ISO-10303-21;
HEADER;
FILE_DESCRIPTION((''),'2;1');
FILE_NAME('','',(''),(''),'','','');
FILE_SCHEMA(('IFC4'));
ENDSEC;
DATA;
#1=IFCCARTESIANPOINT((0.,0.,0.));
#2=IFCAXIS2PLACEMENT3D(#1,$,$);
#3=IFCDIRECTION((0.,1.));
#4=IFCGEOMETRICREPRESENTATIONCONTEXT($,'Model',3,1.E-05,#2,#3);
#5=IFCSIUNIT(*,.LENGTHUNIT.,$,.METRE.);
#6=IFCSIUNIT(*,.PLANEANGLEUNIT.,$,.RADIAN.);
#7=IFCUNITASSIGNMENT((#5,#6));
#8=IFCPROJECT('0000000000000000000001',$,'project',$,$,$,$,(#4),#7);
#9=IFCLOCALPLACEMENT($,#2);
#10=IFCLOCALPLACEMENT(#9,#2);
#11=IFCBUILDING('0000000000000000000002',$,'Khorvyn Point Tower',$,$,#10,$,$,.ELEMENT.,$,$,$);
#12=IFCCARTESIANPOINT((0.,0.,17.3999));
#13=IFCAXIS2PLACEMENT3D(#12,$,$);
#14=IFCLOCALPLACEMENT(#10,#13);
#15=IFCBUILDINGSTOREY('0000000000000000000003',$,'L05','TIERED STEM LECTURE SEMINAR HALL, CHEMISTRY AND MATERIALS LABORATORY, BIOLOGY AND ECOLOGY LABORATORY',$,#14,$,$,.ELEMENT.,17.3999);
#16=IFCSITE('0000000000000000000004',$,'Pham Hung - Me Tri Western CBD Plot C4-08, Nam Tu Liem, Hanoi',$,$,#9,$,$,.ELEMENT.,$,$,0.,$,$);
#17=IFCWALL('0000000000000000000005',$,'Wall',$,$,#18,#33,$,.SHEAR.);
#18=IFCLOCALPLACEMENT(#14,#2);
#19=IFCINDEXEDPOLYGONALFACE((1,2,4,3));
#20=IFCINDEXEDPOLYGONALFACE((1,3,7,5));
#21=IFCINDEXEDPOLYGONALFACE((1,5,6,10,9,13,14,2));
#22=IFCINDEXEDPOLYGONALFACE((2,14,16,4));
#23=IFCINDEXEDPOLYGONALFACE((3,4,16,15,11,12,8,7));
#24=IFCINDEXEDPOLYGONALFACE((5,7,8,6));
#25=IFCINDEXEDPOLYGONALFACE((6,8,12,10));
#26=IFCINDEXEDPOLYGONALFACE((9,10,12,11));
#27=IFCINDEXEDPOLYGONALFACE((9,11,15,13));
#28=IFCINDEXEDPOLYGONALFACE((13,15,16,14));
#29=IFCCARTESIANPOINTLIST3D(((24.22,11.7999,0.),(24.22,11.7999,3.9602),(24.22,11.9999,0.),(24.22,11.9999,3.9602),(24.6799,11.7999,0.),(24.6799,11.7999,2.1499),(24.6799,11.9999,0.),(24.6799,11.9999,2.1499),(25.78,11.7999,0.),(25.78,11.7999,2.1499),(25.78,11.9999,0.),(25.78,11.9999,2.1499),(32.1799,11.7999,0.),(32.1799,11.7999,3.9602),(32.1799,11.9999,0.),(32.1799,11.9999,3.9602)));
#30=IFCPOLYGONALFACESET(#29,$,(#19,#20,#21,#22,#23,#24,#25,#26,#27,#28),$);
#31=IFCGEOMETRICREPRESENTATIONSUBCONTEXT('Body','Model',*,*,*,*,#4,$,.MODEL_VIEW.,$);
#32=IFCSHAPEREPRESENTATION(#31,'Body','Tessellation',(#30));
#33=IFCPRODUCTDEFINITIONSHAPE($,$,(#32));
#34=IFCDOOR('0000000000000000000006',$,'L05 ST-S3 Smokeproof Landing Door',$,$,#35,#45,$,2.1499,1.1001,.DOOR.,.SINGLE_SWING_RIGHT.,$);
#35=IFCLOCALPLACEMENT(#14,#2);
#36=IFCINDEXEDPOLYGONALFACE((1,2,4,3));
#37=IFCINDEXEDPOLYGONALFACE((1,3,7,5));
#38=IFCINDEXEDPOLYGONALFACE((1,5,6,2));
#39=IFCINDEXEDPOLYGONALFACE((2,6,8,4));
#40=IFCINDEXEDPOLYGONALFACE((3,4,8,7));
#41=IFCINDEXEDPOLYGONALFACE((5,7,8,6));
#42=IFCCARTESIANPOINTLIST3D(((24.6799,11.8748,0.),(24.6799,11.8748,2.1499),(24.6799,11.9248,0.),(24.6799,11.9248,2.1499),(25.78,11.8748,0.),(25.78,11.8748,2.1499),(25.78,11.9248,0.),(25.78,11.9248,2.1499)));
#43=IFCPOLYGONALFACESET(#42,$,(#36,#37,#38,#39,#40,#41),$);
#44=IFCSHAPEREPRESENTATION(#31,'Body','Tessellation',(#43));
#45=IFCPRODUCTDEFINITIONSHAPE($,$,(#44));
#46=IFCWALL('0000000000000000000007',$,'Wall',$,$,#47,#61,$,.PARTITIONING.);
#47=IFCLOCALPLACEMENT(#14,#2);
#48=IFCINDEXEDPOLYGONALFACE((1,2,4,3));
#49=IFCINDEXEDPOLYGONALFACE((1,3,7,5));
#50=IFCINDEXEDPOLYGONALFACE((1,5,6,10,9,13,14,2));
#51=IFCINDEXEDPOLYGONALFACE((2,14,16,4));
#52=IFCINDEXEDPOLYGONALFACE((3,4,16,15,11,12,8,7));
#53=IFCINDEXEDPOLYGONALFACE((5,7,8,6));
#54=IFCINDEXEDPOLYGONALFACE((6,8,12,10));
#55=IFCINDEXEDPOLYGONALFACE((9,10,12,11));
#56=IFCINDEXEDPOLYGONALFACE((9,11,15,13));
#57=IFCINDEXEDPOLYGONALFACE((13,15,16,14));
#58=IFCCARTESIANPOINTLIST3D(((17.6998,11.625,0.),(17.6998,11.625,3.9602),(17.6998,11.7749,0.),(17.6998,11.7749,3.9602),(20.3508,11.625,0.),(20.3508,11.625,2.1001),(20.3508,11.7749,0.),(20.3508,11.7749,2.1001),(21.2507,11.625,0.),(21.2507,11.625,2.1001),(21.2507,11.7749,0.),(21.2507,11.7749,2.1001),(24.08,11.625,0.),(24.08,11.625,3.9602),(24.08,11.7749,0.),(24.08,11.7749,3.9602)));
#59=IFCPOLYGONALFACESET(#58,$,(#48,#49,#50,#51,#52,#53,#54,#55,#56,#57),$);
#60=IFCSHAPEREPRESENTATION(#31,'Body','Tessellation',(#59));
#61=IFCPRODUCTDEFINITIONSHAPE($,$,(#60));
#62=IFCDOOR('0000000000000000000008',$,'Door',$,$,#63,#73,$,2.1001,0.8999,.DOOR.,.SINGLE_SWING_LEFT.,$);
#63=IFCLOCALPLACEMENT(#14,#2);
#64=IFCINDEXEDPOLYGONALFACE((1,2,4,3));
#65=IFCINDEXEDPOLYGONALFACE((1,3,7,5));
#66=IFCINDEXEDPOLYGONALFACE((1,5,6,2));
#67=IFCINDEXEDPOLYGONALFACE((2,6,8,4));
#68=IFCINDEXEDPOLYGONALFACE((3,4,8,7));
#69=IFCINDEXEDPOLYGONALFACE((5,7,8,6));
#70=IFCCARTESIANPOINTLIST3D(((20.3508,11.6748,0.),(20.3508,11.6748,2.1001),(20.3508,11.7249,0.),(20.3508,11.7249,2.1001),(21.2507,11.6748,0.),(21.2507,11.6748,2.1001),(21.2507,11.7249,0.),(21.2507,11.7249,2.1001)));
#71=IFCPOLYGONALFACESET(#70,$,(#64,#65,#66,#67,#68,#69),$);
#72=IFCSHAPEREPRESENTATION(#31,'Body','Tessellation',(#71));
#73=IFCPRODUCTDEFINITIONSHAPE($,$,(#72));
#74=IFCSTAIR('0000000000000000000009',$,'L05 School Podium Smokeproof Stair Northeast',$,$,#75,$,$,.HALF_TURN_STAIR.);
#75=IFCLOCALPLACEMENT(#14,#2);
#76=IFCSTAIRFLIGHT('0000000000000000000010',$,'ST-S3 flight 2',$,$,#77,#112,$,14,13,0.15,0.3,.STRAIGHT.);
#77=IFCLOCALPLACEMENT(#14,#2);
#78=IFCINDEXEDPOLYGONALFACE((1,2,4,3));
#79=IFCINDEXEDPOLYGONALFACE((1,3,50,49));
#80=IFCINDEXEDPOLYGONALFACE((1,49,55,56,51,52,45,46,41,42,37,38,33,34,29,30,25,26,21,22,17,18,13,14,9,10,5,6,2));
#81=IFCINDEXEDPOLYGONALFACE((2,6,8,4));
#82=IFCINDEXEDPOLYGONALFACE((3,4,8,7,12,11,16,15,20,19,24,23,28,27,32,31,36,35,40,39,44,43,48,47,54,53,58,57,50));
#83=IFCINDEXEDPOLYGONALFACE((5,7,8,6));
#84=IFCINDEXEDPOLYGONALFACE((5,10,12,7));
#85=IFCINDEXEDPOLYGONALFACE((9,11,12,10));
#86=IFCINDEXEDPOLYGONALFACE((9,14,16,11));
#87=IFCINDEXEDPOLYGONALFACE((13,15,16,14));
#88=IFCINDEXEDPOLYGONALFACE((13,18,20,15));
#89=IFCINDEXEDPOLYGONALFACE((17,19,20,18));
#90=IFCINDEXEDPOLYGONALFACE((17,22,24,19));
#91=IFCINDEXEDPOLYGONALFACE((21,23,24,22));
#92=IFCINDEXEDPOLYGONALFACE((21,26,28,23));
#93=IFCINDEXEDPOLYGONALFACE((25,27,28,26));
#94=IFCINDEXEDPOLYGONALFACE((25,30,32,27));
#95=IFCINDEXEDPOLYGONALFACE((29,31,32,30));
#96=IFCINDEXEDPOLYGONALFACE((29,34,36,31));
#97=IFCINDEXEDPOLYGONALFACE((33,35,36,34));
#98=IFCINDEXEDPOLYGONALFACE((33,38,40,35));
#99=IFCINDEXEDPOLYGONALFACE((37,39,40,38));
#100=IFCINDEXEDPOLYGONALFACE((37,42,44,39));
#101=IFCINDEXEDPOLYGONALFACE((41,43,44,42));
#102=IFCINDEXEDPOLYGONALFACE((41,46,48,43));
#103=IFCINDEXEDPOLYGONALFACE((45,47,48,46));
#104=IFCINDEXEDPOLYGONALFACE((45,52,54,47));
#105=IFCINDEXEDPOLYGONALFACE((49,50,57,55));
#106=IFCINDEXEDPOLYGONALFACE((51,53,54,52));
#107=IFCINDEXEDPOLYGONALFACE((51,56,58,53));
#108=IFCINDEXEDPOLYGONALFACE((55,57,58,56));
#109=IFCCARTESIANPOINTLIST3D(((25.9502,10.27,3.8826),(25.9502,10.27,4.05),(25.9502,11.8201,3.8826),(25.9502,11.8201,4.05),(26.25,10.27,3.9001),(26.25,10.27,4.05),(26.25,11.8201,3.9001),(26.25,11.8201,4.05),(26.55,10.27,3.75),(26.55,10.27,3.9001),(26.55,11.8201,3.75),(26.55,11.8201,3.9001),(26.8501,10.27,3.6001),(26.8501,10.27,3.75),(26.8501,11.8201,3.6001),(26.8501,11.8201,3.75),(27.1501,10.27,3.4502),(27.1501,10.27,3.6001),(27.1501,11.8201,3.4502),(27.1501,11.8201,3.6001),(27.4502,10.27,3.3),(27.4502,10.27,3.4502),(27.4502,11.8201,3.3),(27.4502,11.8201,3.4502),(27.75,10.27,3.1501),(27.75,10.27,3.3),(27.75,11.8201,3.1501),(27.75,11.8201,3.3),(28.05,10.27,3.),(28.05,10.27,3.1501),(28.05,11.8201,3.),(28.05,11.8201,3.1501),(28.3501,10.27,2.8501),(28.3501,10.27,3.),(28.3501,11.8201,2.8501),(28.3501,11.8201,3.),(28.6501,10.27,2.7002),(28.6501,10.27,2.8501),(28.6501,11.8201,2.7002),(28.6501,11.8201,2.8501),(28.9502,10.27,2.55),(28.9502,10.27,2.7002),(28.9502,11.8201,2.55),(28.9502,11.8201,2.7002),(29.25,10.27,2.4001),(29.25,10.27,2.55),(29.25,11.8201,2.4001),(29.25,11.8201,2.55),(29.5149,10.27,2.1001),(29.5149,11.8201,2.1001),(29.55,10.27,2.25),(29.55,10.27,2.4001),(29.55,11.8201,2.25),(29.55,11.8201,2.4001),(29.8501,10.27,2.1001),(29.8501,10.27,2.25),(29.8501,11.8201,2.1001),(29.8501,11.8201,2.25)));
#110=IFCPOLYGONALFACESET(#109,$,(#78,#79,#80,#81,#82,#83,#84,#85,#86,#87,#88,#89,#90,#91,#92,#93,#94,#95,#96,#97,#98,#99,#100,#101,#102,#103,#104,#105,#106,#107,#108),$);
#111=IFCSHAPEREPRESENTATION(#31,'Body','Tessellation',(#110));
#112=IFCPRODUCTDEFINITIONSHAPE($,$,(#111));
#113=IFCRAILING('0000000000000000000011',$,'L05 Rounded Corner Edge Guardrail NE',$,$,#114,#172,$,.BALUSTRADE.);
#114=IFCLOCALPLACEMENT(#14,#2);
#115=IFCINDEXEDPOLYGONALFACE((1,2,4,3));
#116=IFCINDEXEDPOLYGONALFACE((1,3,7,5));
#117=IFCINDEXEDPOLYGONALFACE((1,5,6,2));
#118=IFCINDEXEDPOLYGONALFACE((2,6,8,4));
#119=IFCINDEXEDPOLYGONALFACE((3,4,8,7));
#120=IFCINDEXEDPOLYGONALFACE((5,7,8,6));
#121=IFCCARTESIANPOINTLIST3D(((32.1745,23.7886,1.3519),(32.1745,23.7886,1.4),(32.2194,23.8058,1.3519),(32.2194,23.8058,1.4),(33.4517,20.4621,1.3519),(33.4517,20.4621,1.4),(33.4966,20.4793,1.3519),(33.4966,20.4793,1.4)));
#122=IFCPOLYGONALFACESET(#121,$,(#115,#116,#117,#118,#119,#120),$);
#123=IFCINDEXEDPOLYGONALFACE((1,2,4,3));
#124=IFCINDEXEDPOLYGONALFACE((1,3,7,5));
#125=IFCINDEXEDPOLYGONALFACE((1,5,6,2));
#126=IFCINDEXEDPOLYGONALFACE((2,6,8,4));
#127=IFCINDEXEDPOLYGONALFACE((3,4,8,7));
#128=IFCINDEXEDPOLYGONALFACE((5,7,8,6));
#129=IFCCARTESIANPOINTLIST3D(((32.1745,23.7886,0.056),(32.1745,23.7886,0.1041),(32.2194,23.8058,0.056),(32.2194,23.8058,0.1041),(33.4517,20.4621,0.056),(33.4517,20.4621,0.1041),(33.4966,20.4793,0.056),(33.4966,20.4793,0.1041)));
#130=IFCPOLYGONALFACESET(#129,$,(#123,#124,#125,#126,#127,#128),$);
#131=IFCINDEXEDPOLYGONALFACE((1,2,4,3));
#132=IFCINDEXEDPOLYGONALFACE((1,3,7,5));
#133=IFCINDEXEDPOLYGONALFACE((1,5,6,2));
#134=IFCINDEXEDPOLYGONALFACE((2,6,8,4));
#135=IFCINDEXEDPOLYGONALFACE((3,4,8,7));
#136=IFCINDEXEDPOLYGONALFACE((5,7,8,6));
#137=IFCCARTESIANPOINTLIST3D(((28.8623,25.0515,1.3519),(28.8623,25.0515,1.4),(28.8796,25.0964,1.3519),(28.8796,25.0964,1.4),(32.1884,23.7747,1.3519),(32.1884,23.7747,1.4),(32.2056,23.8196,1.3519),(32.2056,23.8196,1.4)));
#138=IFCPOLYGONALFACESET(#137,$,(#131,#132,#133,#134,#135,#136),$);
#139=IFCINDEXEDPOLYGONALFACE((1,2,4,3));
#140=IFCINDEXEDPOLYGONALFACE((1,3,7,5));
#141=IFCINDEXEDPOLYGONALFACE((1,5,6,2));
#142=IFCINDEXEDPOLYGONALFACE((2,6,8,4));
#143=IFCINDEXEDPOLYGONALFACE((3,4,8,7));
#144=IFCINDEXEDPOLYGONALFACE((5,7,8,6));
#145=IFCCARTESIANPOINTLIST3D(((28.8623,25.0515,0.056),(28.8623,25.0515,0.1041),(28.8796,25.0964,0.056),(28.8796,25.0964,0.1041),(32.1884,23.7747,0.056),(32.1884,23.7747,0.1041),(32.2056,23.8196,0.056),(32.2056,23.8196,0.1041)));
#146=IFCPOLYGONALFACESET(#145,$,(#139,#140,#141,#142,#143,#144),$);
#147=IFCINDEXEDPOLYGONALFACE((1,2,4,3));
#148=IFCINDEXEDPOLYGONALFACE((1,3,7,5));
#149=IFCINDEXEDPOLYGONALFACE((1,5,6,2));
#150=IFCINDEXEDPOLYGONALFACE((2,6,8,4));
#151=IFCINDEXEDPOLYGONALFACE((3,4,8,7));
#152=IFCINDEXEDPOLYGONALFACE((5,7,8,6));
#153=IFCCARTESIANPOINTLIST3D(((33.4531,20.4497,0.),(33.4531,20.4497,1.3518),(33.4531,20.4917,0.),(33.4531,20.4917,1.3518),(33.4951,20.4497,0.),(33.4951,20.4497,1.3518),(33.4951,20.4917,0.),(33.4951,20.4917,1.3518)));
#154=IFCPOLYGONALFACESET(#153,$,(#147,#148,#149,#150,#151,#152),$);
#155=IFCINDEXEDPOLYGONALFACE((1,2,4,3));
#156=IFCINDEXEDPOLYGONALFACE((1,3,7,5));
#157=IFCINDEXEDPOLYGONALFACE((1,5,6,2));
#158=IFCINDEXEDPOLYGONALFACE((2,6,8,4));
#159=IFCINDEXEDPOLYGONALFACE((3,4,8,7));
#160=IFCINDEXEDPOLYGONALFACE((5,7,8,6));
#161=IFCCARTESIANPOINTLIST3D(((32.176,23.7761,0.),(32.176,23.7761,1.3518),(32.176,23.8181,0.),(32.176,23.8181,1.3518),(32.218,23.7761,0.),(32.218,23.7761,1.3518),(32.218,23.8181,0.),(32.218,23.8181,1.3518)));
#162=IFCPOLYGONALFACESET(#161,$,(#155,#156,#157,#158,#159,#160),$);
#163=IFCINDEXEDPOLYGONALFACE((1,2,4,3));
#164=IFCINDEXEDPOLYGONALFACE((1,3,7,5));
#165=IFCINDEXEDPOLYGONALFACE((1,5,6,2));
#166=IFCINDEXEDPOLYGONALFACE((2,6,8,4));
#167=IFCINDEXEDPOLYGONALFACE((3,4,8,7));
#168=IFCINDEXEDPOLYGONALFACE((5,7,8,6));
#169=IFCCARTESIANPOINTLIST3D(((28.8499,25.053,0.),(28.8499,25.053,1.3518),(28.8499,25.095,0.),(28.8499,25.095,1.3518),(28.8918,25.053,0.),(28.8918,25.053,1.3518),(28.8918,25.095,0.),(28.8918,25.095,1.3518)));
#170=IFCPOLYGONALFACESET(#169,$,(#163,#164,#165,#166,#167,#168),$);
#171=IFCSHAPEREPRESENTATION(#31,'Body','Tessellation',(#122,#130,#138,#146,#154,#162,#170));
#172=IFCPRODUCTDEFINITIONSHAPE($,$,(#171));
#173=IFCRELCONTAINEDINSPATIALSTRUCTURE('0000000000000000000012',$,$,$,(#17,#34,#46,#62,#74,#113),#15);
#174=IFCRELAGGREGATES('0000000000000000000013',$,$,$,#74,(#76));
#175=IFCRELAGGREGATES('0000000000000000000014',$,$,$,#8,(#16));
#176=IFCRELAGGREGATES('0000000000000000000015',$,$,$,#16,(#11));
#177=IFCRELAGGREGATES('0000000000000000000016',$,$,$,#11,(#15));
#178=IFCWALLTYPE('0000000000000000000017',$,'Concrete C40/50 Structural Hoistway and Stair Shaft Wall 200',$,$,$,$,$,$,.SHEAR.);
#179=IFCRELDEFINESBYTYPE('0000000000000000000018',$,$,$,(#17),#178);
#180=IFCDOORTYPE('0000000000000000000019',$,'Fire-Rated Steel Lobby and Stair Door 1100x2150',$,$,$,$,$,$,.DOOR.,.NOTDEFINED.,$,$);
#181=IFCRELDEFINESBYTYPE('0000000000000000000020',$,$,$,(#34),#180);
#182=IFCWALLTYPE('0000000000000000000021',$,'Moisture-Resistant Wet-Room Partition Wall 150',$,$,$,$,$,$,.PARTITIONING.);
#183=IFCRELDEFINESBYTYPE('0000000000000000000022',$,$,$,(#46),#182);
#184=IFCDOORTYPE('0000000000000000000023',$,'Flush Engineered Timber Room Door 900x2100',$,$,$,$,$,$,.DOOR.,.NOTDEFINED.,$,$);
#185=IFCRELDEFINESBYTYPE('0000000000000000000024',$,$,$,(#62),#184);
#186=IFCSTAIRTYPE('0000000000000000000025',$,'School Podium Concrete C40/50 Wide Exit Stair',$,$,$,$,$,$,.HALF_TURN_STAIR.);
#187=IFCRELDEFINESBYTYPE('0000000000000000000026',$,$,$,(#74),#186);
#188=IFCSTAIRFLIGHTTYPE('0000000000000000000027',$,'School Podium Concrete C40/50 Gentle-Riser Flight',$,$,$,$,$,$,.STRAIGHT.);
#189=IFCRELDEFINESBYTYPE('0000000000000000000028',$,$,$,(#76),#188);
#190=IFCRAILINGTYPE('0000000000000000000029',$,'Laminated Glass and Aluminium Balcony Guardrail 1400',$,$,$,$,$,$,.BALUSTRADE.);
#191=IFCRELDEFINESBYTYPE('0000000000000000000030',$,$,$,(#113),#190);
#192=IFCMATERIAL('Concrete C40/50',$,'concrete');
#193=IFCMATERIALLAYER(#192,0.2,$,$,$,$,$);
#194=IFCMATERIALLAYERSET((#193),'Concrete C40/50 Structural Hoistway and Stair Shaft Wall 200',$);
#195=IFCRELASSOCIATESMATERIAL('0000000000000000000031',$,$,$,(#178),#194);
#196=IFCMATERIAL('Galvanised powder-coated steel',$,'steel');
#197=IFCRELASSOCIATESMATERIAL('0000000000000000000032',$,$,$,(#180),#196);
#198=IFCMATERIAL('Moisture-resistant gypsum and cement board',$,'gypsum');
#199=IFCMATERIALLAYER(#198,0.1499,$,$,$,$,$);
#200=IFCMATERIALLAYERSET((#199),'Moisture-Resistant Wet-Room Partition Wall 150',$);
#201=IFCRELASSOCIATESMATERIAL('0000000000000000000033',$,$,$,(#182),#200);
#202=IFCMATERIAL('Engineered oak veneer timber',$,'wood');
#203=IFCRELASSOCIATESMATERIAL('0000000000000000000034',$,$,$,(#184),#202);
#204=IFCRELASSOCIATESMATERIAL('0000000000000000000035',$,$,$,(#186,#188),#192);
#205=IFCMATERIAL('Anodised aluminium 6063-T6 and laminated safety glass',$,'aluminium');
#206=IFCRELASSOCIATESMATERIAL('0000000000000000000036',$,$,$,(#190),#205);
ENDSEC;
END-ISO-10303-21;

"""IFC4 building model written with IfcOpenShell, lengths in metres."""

from ifc_helpers import new_model, si_unit, direction, frame, frame_2d, origin, origin_2d, place, context, subcontext, project, spatial, polyline, rectangle, outline, extrude, material, layer, layer_set, type_object, element, fill, aggregate, save


model = new_model("IFC4")

# Units and contexts
model_context = context("Model", 3, precision=1e-05, world=origin(), true_north=direction((0.0, 1.0)))
body_context = subcontext(model_context, "Body", "Model", "MODEL_VIEW")
ifc_project = project(units=[si_unit("LENGTHUNIT", "METRE"), si_unit("PLANEANGLEUNIT", "RADIAN")], contexts=[model_context])

# Site, building, storey
site_placement = place(None, origin())
site = spatial("IfcSite", under=ifc_project, at=site_placement, Name="Pham Hung - Me Tri Western CBD Plot C4-08, Nam Tu Liem, Hanoi", CompositionType="ELEMENT", RefElevation=0.0)
building_placement = place(site_placement, origin())
building = spatial("IfcBuilding", under=site, at=building_placement, Name="Khorvyn Point Tower", CompositionType="ELEMENT")
storey_placement = place(building_placement, frame((0.0, 0.0, 17.3999)))
storey = spatial("IfcBuildingStorey", under=building, at=storey_placement, Name="L05", Description="TIERED STEM LECTURE SEMINAR HALL, CHEMISTRY AND MATERIALS LABORATORY, BIOLOGY AND ECOLOGY LABORATORY", CompositionType="ELEMENT", Elevation=17.3999)

# Shared definitions
ifc_material_1 = material(Name="Concrete C40/50", Category="concrete")

# Shared definitions
ifc_layer_1 = layer(ifc_material_1, 0.2)
ifc_layer_set_1 = layer_set([ifc_layer_1], Name="Concrete C40/50 Structural Hoistway and Stair Shaft Wall 200")
wall_type_1 = type_object("IfcWallType", Name="Concrete C40/50 Structural Hoistway and Stair Shaft Wall 200", PredefinedType="SHEAR", material=ifc_layer_set_1)

# Walls, openings, doors
wall_1_placement = place(storey_placement, frame((24.22, 11.8999, 0.0), z_axis=(0.0, 0.0, 1.0), x_axis=(1.0, 0.0, 0.0)))
wall_1 = element("IfcWall", 1, at=wall_1_placement, inside=storey, type_object=wall_type_1, Name="Wall", PredefinedType="SHEAR", context=body_context, shape_type="SweptSolid", body=[
    extrude(rectangle(XDim=7.96, YDim=0.2, at=frame_2d((3.98, 0.0))), origin(), (0.0, 0.0, 1.0), 3.9602),
])
opening_1_placement = place(wall_1_placement, frame((0.46, 0.0, 0.0)))
opening_1 = element("IfcOpeningElement", 2, at=opening_1_placement, cuts=wall_1, PredefinedType="OPENING", context=body_context, shape_type="SweptSolid", body=[
    extrude(rectangle(XDim=1.1001, YDim=2.1499, at=frame_2d((0.55, 1.075))), frame((0.0, 0.1099, 0.0), z_axis=(0.0, -1.0, 0.0), x_axis=(1.0, 0.0, 0.0)), (0.0, 0.0, 1.0), 0.22),
])
ifc_material_2 = material(Name="Galvanised powder-coated steel", Category="steel")
door_type_1 = type_object("IfcDoorType", Name="Fire-Rated Steel Lobby and Stair Door 1100x2150", OperationType="NOTDEFINED", PredefinedType="DOOR", material=ifc_material_2)
door_1_placement = place(opening_1_placement, origin())
door_1 = element("IfcDoor", 3, at=door_1_placement, inside=storey, type_object=door_type_1, Name="L05 ST-S3 Smokeproof Landing Door", OperationType="SINGLE_SWING_RIGHT", OverallHeight=2.1499, OverallWidth=1.1001, PredefinedType="DOOR", context=body_context, shape_type="SweptSolid", body=[
    extrude(rectangle(XDim=1.1001, YDim=2.1499, at=frame_2d((0.55, 1.075))), frame((0.0, 0.0249, 0.0), z_axis=(0.0, -1.0, 0.0), x_axis=(1.0, 0.0, 0.0)), (0.0, 0.0, 1.0), 0.05),
])
fill(opening_1, door_1)
ifc_material_3 = material(Name="Moisture-resistant gypsum and cement board", Category="gypsum")
ifc_layer_2 = layer(ifc_material_3, 0.1499)
ifc_layer_set_2 = layer_set([ifc_layer_2], Name="Moisture-Resistant Wet-Room Partition Wall 150")
wall_type_2 = type_object("IfcWallType", Name="Moisture-Resistant Wet-Room Partition Wall 150", PredefinedType="PARTITIONING", material=ifc_layer_set_2)
wall_2_placement = place(storey_placement, frame((17.7, 11.7, 0.0), z_axis=(0.0, 0.0, 1.0), x_axis=(1.0, 0.0, 0.0)))
wall_2 = element("IfcWall", 4, at=wall_2_placement, inside=storey, type_object=wall_type_2, Name="Wall", PredefinedType="PARTITIONING", context=body_context, shape_type="SweptSolid", body=[
    extrude(rectangle(XDim=6.3801, YDim=0.1499, at=frame_2d((3.1899, 0.0))), origin(), (0.0, 0.0, 1.0), 3.9602),
])
opening_2_placement = place(wall_2_placement, frame((2.6509, 0.0, 0.0)))
opening_2 = element("IfcOpeningElement", 5, at=opening_2_placement, cuts=wall_2, PredefinedType="OPENING", context=body_context, shape_type="SweptSolid", body=[
    extrude(rectangle(XDim=0.8999, YDim=2.1001, at=frame_2d((0.45, 1.05))), frame((0.0, 0.085, 0.0), z_axis=(0.0, -1.0, 0.0), x_axis=(1.0, 0.0, 0.0)), (0.0, 0.0, 1.0), 0.1699),
])
ifc_material_4 = material(Name="Engineered oak veneer timber", Category="wood")
door_type_2 = type_object("IfcDoorType", Name="Flush Engineered Timber Room Door 900x2100", OperationType="NOTDEFINED", PredefinedType="DOOR", material=ifc_material_4)
door_2_placement = place(opening_2_placement, origin())
door_2 = element("IfcDoor", 6, at=door_2_placement, inside=storey, type_object=door_type_2, Name="Door", OperationType="SINGLE_SWING_LEFT", OverallHeight=2.1001, OverallWidth=0.8999, PredefinedType="DOOR", context=body_context, shape_type="SweptSolid", body=[
    extrude(rectangle(XDim=0.8999, YDim=2.1001, at=frame_2d((0.45, 1.05))), frame((0.0, 0.0249, 0.0), z_axis=(0.0, -1.0, 0.0), x_axis=(1.0, 0.0, 0.0)), (0.0, 0.0, 1.0), 0.05),
])
fill(opening_2, door_2)

# Stair, stair flight
stair_type = type_object("IfcStairType", Name="School Podium Concrete C40/50 Wide Exit Stair", PredefinedType="HALF_TURN_STAIR", material=ifc_material_1)
stair_placement = place(storey_placement, origin())
stair = element("IfcStair", 7, at=stair_placement, inside=storey, type_object=stair_type, Name="L05 School Podium Smokeproof Stair Northeast", PredefinedType="HALF_TURN_STAIR")
stair_flight_type = type_object("IfcStairFlightType", Name="School Podium Concrete C40/50 Gentle-Riser Flight", PredefinedType="STRAIGHT", material=ifc_material_1)
stair_flight_placement = place(storey_placement, frame((29.8501, 11.0449, 2.1001), z_axis=(0.0, 0.0, 1.0), x_axis=(-1.0, 0.0, 0.0)))
stair_flight = element("IfcStairFlight", 8, at=stair_flight_placement, type_object=stair_flight_type, Name="ST-S3 flight 2", NumberOfRisers=14, NumberOfTreads=13, PredefinedType="STRAIGHT", RiserHeight=0.15, TreadLength=0.3, context=body_context, shape_type="SweptSolid", body=[
    extrude(outline(polyline([(0.0, 0.0), (0.0, 0.1499), (0.3, 0.1499), (0.3, 0.3), (0.6001, 0.3), (0.6001, 0.45), (0.8999, 0.45), (0.8999, 0.6001), (1.2, 0.6001), (1.2, 0.75), (1.5, 0.75), (1.5, 0.8999), (1.8, 0.8999), (1.8, 1.05), (2.1001, 1.05), (2.1001, 1.2), (2.3999, 1.2), (2.3999, 1.3501), (2.7, 1.3501), (2.7, 1.5), (3.0, 1.5), (3.0, 1.6499), (3.3, 1.6499), (3.3, 1.8), (3.6001, 1.8), (3.6001, 1.95), (3.8999, 1.95), (3.8999, 2.1001), (3.8999, 1.7825), (0.3352, 0.0), (0.0, 0.0)])), frame((0.0, 0.7749, 0.0), z_axis=(0.0, -1.0, 0.0), x_axis=(1.0, 0.0, 0.0)), (0.0, 0.0, 1.0), 1.55),
])
aggregate(stair, [stair_flight])

# Railing
ifc_material_5 = material(Name="Anodised aluminium 6063-T6 and laminated safety glass", Category="aluminium")
railing_type_1 = type_object("IfcRailingType", Name="Laminated Glass and Aluminium Balcony Guardrail 1400", PredefinedType="BALUSTRADE", material=ifc_material_5)
railing_1_placement = place(storey_placement, frame((33.4741, 20.4707, 0.0)))
element("IfcRailing", 9, at=railing_1_placement, inside=storey, type_object=railing_type_1, Name="L05 Rounded Corner Edge Guardrail NE", PredefinedType="BALUSTRADE", context=body_context, shape_type="SweptSolid", body=[
    extrude(rectangle(XDim=0.0481, YDim=0.0481, at=origin_2d()), frame((0.0, 0.0, 1.376), z_axis=(-0.358419, 0.933561, 0.0), x_axis=(-0.933561, -0.358419, 0.0)), (0.0, 0.0, 1.0), 3.5632),
    extrude(rectangle(XDim=0.0481, YDim=0.0481, at=origin_2d()), frame((0.0, 0.0, 0.0801), z_axis=(-0.358419, 0.933561, 0.0), x_axis=(-0.933561, -0.358419, 0.0)), (0.0, 0.0, 1.0), 3.5632),
    extrude(rectangle(XDim=0.0481, YDim=0.0481, at=origin_2d()), frame((-1.2771, 3.3264, 1.376), z_axis=(-0.933575, 0.358382, 0.0), x_axis=(-0.358382, -0.933575, 0.0)), (0.0, 0.0, 1.0), 3.5627),
    extrude(rectangle(XDim=0.0481, YDim=0.0481, at=origin_2d()), frame((-1.2771, 3.3264, 0.0801), z_axis=(-0.933575, 0.358382, 0.0), x_axis=(-0.358382, -0.933575, 0.0)), (0.0, 0.0, 1.0), 3.5627),
    extrude(rectangle(XDim=0.042, YDim=0.042, at=origin_2d()), origin(), (0.0, 0.0, 1.0), 1.3518),
    extrude(rectangle(XDim=0.042, YDim=0.042, at=origin_2d()), frame((-1.2771, 3.3264, 0.0)), (0.0, 0.0, 1.0), 1.3518),
    extrude(rectangle(XDim=0.042, YDim=0.042, at=origin_2d()), frame((-4.6033, 4.6033, 0.0)), (0.0, 0.0, 1.0), 1.3518),
])

save(model, "model.ifc")
